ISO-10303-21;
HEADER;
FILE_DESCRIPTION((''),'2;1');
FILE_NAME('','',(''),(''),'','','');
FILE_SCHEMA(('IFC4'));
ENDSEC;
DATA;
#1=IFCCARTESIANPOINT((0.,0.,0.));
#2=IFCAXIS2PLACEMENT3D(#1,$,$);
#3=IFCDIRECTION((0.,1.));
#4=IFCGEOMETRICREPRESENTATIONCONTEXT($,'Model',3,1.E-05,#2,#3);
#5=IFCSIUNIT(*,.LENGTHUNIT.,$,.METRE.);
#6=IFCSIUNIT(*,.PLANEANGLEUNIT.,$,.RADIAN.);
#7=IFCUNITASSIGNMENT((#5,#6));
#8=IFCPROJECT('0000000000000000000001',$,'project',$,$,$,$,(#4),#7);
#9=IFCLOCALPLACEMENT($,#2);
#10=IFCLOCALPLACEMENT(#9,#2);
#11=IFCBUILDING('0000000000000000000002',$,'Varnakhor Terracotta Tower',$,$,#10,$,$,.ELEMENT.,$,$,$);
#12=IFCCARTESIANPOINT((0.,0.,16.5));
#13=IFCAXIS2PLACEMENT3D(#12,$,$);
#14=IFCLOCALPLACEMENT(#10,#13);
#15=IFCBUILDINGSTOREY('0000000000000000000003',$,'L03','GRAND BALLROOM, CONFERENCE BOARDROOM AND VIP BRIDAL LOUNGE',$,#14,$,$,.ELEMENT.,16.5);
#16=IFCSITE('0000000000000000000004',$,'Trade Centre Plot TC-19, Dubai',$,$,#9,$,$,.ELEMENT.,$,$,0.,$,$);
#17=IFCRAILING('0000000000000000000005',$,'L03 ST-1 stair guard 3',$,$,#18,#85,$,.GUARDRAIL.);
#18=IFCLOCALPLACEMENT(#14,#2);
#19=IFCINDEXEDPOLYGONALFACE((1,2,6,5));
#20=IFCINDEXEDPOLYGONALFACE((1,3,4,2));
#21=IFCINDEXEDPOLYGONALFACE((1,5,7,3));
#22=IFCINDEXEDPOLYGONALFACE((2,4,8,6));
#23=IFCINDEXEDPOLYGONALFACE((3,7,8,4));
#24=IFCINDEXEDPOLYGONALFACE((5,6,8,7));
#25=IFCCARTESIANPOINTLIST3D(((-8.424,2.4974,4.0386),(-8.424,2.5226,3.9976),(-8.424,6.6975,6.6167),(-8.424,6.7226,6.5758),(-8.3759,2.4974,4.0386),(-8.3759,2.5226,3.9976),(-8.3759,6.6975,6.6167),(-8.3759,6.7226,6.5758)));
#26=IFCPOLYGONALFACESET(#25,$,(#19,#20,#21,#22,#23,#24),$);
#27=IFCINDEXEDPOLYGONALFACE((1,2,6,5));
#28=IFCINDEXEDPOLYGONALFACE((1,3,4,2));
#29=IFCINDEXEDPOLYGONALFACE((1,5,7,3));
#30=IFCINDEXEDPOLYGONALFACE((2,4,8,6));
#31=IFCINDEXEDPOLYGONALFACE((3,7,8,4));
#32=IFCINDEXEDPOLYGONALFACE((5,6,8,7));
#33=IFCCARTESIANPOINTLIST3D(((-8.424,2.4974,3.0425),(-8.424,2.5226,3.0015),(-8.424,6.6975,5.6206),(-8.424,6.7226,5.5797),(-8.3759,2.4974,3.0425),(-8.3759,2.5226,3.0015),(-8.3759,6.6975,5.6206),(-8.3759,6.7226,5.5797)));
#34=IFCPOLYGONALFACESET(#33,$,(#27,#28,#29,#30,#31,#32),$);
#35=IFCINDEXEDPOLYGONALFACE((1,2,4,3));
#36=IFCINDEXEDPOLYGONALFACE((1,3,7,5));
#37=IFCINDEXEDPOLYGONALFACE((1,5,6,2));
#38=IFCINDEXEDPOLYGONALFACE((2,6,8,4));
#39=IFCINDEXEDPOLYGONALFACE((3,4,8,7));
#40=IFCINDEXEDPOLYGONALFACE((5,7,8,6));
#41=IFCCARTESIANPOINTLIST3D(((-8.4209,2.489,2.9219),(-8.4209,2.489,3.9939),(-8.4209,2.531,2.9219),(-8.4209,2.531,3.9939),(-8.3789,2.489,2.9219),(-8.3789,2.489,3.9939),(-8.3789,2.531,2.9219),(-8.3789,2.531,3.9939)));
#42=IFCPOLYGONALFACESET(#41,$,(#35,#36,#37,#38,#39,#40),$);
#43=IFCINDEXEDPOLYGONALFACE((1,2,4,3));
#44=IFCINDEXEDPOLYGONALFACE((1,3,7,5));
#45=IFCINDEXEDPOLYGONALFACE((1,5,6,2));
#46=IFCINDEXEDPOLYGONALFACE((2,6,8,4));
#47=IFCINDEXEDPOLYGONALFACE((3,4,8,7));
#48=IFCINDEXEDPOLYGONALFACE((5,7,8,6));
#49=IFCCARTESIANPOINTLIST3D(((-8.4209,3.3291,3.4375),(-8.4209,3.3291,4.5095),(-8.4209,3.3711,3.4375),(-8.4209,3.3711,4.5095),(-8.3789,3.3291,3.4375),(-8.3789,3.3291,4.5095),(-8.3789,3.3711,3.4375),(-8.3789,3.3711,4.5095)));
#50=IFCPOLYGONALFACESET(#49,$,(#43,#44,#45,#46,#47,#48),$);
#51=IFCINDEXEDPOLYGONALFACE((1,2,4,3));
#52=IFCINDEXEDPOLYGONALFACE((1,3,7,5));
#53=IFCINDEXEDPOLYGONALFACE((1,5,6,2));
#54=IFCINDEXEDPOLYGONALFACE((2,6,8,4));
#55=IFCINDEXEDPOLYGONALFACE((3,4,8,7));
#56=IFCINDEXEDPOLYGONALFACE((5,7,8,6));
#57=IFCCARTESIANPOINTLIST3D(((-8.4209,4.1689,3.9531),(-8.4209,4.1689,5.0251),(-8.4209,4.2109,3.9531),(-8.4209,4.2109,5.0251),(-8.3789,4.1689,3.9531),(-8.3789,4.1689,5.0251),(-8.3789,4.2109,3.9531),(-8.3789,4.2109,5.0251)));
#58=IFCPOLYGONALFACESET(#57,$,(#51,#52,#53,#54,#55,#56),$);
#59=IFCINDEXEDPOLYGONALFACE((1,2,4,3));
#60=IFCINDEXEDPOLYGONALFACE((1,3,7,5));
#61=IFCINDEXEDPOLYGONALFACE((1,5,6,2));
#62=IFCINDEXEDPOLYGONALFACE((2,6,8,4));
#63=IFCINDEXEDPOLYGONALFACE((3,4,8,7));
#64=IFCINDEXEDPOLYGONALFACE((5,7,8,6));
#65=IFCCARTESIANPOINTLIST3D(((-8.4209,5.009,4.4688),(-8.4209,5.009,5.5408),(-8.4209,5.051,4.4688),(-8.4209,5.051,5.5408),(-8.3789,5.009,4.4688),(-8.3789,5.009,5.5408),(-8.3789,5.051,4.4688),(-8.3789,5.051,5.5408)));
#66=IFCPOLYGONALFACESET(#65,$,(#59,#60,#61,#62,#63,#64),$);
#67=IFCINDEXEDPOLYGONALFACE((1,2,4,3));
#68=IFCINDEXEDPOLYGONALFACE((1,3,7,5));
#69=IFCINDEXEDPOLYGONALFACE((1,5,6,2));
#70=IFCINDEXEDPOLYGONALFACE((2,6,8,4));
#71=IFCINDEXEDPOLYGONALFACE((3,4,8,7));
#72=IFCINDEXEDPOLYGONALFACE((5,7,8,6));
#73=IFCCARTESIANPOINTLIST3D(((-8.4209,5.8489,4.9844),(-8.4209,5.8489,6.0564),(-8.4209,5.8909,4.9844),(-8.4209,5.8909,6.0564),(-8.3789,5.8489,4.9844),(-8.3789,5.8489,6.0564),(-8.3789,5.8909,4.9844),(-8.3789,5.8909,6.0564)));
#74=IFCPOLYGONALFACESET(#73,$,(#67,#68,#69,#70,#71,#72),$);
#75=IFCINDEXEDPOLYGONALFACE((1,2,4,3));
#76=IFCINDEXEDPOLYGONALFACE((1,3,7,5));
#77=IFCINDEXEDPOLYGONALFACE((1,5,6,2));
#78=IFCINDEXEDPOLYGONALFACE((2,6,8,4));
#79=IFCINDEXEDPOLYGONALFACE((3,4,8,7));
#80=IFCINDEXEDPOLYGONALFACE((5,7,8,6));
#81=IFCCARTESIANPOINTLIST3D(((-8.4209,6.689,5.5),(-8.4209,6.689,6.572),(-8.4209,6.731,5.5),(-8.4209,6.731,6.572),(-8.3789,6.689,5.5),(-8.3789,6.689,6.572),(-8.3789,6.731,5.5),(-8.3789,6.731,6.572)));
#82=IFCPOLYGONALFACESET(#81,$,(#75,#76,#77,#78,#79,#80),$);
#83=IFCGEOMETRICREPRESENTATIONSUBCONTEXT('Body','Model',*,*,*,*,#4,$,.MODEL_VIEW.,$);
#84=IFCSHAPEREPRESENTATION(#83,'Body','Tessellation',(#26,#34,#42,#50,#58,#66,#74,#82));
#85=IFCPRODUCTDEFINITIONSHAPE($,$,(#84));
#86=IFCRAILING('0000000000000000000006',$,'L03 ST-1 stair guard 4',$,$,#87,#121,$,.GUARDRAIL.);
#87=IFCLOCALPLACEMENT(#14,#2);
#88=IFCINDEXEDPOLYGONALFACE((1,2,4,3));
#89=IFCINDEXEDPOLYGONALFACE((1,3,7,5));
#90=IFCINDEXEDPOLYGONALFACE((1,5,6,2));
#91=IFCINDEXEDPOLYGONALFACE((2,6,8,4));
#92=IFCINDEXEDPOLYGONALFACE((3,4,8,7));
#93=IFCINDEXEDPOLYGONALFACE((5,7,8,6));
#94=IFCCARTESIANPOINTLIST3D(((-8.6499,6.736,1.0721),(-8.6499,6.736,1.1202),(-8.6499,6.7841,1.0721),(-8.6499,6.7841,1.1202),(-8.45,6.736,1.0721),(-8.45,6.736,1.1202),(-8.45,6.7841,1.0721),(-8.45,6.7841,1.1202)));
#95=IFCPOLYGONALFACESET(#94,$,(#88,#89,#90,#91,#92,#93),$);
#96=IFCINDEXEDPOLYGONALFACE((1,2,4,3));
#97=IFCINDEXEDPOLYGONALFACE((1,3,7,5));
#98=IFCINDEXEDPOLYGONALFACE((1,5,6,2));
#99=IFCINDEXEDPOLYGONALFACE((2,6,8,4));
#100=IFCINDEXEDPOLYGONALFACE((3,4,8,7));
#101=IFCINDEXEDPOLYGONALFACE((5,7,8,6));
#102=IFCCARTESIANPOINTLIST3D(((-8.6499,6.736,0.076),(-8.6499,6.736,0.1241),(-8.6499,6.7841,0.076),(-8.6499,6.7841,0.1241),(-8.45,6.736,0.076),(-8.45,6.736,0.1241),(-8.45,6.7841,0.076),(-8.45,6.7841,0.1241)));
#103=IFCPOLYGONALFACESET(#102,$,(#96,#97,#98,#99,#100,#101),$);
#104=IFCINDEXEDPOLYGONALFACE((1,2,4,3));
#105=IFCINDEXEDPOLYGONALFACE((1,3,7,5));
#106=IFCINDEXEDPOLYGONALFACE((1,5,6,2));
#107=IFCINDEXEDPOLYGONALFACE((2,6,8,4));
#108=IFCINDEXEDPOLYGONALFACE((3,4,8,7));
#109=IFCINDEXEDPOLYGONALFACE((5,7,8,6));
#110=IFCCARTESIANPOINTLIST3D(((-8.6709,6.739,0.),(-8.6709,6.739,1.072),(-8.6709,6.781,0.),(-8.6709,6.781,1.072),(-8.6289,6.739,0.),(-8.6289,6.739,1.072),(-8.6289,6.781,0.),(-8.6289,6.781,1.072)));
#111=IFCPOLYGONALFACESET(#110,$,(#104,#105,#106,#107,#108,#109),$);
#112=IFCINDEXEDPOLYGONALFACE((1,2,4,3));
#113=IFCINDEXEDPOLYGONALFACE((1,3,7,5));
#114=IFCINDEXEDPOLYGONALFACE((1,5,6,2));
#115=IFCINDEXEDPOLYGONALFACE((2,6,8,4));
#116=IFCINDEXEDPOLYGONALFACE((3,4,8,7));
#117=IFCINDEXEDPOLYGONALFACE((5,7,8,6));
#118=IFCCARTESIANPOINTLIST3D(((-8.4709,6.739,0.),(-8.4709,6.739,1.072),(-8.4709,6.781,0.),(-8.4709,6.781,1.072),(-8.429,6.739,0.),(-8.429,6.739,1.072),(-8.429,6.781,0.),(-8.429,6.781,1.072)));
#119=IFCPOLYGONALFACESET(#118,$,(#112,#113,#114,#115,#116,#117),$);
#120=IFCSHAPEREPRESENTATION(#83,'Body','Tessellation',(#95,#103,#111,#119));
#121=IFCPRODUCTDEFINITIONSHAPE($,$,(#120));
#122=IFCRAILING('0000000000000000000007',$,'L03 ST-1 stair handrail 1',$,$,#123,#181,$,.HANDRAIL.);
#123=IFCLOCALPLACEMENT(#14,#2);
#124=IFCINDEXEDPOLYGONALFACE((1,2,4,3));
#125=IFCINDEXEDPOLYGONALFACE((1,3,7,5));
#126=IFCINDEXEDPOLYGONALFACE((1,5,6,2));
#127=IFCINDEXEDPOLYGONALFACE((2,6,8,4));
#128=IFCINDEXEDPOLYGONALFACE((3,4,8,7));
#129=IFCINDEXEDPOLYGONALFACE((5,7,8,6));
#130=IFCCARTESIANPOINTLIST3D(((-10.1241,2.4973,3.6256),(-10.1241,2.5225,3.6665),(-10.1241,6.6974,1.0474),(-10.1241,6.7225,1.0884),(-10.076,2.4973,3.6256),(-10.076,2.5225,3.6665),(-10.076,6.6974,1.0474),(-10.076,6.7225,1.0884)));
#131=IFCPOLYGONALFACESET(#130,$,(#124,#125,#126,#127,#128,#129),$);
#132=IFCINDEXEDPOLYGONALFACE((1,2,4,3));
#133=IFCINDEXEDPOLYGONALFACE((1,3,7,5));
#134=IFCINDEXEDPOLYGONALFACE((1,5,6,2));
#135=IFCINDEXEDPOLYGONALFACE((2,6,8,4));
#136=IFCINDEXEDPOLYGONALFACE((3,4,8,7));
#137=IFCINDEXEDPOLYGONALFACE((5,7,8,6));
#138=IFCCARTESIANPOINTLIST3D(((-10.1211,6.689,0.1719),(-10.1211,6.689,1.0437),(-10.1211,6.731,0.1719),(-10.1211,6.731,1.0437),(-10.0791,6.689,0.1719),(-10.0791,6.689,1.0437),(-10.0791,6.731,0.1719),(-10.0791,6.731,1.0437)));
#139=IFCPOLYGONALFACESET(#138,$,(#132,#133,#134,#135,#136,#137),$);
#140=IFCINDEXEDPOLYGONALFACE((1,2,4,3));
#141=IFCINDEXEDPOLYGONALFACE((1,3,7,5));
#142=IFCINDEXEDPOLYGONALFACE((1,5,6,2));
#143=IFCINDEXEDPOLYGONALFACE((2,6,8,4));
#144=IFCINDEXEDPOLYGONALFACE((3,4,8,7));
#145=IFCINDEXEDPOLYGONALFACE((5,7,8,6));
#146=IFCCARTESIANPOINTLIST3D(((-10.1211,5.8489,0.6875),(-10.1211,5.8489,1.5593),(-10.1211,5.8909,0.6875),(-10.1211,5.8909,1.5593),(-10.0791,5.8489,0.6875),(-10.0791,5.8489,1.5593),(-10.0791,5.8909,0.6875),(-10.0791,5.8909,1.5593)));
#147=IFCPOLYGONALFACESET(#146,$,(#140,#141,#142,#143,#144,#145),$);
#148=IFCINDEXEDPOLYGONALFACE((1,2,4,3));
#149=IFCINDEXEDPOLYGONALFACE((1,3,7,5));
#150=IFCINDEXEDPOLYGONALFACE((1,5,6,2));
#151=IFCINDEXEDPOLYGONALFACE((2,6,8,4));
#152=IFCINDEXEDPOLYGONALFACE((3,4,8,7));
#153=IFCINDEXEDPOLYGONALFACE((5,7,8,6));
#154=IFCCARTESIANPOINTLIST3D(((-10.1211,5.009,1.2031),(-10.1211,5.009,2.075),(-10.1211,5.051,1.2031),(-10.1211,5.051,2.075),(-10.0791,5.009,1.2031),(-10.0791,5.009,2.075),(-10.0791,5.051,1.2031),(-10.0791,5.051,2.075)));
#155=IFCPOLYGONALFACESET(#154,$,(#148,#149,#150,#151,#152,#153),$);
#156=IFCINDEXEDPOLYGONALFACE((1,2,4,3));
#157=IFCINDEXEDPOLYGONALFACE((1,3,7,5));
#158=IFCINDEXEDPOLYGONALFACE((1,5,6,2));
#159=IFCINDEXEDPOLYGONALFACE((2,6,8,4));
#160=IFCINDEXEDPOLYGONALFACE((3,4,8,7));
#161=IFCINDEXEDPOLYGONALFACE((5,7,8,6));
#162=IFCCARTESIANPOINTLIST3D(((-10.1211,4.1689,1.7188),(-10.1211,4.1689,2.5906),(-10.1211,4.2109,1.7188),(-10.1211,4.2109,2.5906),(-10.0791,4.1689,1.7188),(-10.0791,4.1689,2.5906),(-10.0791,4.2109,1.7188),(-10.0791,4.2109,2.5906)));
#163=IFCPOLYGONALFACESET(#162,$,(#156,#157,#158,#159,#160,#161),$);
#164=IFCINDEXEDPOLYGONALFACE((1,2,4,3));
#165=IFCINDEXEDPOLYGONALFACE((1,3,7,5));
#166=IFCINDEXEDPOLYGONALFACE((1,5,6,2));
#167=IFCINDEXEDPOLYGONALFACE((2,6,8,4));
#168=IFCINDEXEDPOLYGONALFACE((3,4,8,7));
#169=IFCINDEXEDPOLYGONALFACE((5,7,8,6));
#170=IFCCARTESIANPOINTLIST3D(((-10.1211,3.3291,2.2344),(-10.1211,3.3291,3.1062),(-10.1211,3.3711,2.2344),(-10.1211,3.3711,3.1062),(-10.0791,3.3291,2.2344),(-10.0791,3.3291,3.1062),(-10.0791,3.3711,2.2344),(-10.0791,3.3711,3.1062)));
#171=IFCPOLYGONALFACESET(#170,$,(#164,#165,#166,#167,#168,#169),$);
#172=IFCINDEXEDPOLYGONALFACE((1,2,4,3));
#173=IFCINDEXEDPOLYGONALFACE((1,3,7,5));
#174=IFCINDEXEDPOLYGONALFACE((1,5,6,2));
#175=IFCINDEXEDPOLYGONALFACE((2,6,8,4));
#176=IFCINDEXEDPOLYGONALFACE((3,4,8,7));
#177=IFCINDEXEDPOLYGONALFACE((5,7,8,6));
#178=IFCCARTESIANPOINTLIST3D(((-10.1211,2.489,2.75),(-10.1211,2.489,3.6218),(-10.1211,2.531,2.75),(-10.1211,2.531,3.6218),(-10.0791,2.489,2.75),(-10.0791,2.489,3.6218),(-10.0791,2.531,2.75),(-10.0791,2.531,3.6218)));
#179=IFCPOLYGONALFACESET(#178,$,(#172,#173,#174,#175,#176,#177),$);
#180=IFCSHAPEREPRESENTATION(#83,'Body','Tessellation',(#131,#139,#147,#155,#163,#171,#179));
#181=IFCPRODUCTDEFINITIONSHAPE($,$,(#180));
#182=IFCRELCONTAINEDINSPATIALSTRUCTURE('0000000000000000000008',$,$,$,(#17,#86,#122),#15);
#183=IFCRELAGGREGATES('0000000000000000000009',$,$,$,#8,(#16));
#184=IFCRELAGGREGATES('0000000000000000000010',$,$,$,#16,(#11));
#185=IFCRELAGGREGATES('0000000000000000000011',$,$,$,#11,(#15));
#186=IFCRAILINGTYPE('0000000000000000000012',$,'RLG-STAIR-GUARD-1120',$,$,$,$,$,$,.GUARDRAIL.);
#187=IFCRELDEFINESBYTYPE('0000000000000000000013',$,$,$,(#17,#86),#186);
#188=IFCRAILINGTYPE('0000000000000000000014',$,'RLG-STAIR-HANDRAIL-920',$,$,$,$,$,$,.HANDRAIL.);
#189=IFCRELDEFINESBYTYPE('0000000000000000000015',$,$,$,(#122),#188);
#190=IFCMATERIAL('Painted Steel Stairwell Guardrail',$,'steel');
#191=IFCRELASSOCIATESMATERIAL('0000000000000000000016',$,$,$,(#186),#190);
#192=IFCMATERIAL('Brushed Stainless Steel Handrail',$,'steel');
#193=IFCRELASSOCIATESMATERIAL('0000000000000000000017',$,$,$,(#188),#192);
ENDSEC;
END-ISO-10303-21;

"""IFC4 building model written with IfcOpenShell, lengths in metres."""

from ifc_helpers import new_model, si_unit, direction, frame, origin, origin_2d, place, context, subcontext, project, spatial, rectangle, extrude, material, type_object, element, save


model = new_model("IFC4")

# Units and contexts
model_context = context("Model", 3, precision=1e-05, world=origin(), true_north=direction((0.0, 1.0)))
body_context = subcontext(model_context, "Body", "Model", "MODEL_VIEW")
ifc_project = project(units=[si_unit("LENGTHUNIT", "METRE"), si_unit("PLANEANGLEUNIT", "RADIAN")], contexts=[model_context])

# Site, building, storey
site_placement = place(None, origin())
site = spatial("IfcSite", under=ifc_project, at=site_placement, Name="Trade Centre Plot TC-19, Dubai", CompositionType="ELEMENT", RefElevation=0.0)
building_placement = place(site_placement, origin())
building = spatial("IfcBuilding", under=site, at=building_placement, Name="Varnakhor Terracotta Tower", CompositionType="ELEMENT")
storey_placement = place(building_placement, frame((0.0, 0.0, 16.5)))
storey = spatial("IfcBuildingStorey", under=building, at=storey_placement, Name="L03", Description="GRAND BALLROOM, CONFERENCE BOARDROOM AND VIP BRIDAL LOUNGE", CompositionType="ELEMENT", Elevation=16.5)

# Railings
ifc_material_1 = material(Name="Painted Steel Stairwell Guardrail", Category="steel")
railing_type_1 = type_object("IfcRailingType", Name="RLG-STAIR-GUARD-1120", PredefinedType="GUARDRAIL", material=ifc_material_1)
railing_1_placement = place(storey_placement, frame((-8.3999, 2.51, 2.9219)))
element("IfcRailing", 1, at=railing_1_placement, inside=storey, type_object=railing_type_1, Name="L03 ST-1 stair guard 3", PredefinedType="GUARDRAIL", context=body_context, shape_type="SweptSolid", body=[
    extrude(rectangle(XDim=0.0481, YDim=0.0481, at=origin_2d()), frame((0.0, 0.0, 1.0962), z_axis=(0.0, 0.852243, 0.523146), x_axis=(-1.0, 0.0, 0.0)), (0.0, 0.0, 1.0), 4.9282),
    extrude(rectangle(XDim=0.0481, YDim=0.0481, at=origin_2d()), frame((0.0, 0.0, 0.1001), z_axis=(0.0, 0.852243, 0.523146), x_axis=(-1.0, 0.0, 0.0)), (0.0, 0.0, 1.0), 4.9282),
    extrude(rectangle(XDim=0.042, YDim=0.042, at=origin_2d()), origin(), (0.0, 0.0, 1.0), 1.072),
    extrude(rectangle(XDim=0.042, YDim=0.042, at=origin_2d()), frame((0.0, 0.8401, 0.5156)), (0.0, 0.0, 1.0), 1.072),
    extrude(rectangle(XDim=0.042, YDim=0.042, at=origin_2d()), frame((0.0, 1.6799, 1.0312)), (0.0, 0.0, 1.0), 1.072),
    extrude(rectangle(XDim=0.042, YDim=0.042, at=origin_2d()), frame((0.0, 2.52, 1.5469)), (0.0, 0.0, 1.0), 1.072),
    extrude(rectangle(XDim=0.042, YDim=0.042, at=origin_2d()), frame((0.0, 3.3599, 2.0625)), (0.0, 0.0, 1.0), 1.072),
    extrude(rectangle(XDim=0.042, YDim=0.042, at=origin_2d()), frame((0.0, 4.2, 2.5781)), (0.0, 0.0, 1.0), 1.072),
])
railing_2_placement = place(storey_placement, frame((-8.6499, 6.76, 0.0)))
element("IfcRailing", 2, at=railing_2_placement, inside=storey, type_object=railing_type_1, Name="L03 ST-1 stair guard 4", PredefinedType="GUARDRAIL", context=body_context, shape_type="SweptSolid", body=[
    extrude(rectangle(XDim=0.0481, YDim=0.0481, at=origin_2d()), frame((0.0, 0.0, 1.0962), z_axis=(1.0, 0.0, 0.0), x_axis=(0.0, 1.0, 0.0)), (0.0, 0.0, 1.0), 0.2),
    extrude(rectangle(XDim=0.0481, YDim=0.0481, at=origin_2d()), frame((0.0, 0.0, 0.1001), z_axis=(1.0, 0.0, 0.0), x_axis=(0.0, 1.0, 0.0)), (0.0, 0.0, 1.0), 0.2),
    extrude(rectangle(XDim=0.042, YDim=0.042, at=origin_2d()), origin(), (0.0, 0.0, 1.0), 1.072),
    extrude(rectangle(XDim=0.042, YDim=0.042, at=origin_2d()), frame((0.2, 0.0, 0.0)), (0.0, 0.0, 1.0), 1.072),
])
ifc_material_2 = material(Name="Brushed Stainless Steel Handrail", Category="steel")
railing_type_2 = type_object("IfcRailingType", Name="RLG-STAIR-HANDRAIL-920", PredefinedType="HANDRAIL", material=ifc_material_2)
railing_3_placement = place(storey_placement, frame((-10.1001, 6.71, 0.1719)))
element("IfcRailing", 3, at=railing_3_placement, inside=storey, type_object=railing_type_2, Name="L03 ST-1 stair handrail 1", PredefinedType="HANDRAIL", context=body_context, shape_type="SweptSolid", body=[
    extrude(rectangle(XDim=0.0481, YDim=0.0481, at=origin_2d()), frame((0.0, 0.0, 0.896), z_axis=(0.0, -0.852243, 0.523146), x_axis=(1.0, 0.0, 0.0)), (0.0, 0.0, 1.0), 4.9282),
    extrude(rectangle(XDim=0.042, YDim=0.042, at=origin_2d()), origin(), (0.0, 0.0, 1.0), 0.8718),
    extrude(rectangle(XDim=0.042, YDim=0.042, at=origin_2d()), frame((0.0, -0.8401, 0.5156)), (0.0, 0.0, 1.0), 0.8718),
    extrude(rectangle(XDim=0.042, YDim=0.042, at=origin_2d()), frame((0.0, -1.6799, 1.0312)), (0.0, 0.0, 1.0), 0.8718),
    extrude(rectangle(XDim=0.042, YDim=0.042, at=origin_2d()), frame((0.0, -2.52, 1.5469)), (0.0, 0.0, 1.0), 0.8718),
    extrude(rectangle(XDim=0.042, YDim=0.042, at=origin_2d()), frame((0.0, -3.3599, 2.0625)), (0.0, 0.0, 1.0), 0.8718),
    extrude(rectangle(XDim=0.042, YDim=0.042, at=origin_2d()), frame((0.0, -4.2, 2.5781)), (0.0, 0.0, 1.0), 0.8718),
])

save(model, "model.ifc")
